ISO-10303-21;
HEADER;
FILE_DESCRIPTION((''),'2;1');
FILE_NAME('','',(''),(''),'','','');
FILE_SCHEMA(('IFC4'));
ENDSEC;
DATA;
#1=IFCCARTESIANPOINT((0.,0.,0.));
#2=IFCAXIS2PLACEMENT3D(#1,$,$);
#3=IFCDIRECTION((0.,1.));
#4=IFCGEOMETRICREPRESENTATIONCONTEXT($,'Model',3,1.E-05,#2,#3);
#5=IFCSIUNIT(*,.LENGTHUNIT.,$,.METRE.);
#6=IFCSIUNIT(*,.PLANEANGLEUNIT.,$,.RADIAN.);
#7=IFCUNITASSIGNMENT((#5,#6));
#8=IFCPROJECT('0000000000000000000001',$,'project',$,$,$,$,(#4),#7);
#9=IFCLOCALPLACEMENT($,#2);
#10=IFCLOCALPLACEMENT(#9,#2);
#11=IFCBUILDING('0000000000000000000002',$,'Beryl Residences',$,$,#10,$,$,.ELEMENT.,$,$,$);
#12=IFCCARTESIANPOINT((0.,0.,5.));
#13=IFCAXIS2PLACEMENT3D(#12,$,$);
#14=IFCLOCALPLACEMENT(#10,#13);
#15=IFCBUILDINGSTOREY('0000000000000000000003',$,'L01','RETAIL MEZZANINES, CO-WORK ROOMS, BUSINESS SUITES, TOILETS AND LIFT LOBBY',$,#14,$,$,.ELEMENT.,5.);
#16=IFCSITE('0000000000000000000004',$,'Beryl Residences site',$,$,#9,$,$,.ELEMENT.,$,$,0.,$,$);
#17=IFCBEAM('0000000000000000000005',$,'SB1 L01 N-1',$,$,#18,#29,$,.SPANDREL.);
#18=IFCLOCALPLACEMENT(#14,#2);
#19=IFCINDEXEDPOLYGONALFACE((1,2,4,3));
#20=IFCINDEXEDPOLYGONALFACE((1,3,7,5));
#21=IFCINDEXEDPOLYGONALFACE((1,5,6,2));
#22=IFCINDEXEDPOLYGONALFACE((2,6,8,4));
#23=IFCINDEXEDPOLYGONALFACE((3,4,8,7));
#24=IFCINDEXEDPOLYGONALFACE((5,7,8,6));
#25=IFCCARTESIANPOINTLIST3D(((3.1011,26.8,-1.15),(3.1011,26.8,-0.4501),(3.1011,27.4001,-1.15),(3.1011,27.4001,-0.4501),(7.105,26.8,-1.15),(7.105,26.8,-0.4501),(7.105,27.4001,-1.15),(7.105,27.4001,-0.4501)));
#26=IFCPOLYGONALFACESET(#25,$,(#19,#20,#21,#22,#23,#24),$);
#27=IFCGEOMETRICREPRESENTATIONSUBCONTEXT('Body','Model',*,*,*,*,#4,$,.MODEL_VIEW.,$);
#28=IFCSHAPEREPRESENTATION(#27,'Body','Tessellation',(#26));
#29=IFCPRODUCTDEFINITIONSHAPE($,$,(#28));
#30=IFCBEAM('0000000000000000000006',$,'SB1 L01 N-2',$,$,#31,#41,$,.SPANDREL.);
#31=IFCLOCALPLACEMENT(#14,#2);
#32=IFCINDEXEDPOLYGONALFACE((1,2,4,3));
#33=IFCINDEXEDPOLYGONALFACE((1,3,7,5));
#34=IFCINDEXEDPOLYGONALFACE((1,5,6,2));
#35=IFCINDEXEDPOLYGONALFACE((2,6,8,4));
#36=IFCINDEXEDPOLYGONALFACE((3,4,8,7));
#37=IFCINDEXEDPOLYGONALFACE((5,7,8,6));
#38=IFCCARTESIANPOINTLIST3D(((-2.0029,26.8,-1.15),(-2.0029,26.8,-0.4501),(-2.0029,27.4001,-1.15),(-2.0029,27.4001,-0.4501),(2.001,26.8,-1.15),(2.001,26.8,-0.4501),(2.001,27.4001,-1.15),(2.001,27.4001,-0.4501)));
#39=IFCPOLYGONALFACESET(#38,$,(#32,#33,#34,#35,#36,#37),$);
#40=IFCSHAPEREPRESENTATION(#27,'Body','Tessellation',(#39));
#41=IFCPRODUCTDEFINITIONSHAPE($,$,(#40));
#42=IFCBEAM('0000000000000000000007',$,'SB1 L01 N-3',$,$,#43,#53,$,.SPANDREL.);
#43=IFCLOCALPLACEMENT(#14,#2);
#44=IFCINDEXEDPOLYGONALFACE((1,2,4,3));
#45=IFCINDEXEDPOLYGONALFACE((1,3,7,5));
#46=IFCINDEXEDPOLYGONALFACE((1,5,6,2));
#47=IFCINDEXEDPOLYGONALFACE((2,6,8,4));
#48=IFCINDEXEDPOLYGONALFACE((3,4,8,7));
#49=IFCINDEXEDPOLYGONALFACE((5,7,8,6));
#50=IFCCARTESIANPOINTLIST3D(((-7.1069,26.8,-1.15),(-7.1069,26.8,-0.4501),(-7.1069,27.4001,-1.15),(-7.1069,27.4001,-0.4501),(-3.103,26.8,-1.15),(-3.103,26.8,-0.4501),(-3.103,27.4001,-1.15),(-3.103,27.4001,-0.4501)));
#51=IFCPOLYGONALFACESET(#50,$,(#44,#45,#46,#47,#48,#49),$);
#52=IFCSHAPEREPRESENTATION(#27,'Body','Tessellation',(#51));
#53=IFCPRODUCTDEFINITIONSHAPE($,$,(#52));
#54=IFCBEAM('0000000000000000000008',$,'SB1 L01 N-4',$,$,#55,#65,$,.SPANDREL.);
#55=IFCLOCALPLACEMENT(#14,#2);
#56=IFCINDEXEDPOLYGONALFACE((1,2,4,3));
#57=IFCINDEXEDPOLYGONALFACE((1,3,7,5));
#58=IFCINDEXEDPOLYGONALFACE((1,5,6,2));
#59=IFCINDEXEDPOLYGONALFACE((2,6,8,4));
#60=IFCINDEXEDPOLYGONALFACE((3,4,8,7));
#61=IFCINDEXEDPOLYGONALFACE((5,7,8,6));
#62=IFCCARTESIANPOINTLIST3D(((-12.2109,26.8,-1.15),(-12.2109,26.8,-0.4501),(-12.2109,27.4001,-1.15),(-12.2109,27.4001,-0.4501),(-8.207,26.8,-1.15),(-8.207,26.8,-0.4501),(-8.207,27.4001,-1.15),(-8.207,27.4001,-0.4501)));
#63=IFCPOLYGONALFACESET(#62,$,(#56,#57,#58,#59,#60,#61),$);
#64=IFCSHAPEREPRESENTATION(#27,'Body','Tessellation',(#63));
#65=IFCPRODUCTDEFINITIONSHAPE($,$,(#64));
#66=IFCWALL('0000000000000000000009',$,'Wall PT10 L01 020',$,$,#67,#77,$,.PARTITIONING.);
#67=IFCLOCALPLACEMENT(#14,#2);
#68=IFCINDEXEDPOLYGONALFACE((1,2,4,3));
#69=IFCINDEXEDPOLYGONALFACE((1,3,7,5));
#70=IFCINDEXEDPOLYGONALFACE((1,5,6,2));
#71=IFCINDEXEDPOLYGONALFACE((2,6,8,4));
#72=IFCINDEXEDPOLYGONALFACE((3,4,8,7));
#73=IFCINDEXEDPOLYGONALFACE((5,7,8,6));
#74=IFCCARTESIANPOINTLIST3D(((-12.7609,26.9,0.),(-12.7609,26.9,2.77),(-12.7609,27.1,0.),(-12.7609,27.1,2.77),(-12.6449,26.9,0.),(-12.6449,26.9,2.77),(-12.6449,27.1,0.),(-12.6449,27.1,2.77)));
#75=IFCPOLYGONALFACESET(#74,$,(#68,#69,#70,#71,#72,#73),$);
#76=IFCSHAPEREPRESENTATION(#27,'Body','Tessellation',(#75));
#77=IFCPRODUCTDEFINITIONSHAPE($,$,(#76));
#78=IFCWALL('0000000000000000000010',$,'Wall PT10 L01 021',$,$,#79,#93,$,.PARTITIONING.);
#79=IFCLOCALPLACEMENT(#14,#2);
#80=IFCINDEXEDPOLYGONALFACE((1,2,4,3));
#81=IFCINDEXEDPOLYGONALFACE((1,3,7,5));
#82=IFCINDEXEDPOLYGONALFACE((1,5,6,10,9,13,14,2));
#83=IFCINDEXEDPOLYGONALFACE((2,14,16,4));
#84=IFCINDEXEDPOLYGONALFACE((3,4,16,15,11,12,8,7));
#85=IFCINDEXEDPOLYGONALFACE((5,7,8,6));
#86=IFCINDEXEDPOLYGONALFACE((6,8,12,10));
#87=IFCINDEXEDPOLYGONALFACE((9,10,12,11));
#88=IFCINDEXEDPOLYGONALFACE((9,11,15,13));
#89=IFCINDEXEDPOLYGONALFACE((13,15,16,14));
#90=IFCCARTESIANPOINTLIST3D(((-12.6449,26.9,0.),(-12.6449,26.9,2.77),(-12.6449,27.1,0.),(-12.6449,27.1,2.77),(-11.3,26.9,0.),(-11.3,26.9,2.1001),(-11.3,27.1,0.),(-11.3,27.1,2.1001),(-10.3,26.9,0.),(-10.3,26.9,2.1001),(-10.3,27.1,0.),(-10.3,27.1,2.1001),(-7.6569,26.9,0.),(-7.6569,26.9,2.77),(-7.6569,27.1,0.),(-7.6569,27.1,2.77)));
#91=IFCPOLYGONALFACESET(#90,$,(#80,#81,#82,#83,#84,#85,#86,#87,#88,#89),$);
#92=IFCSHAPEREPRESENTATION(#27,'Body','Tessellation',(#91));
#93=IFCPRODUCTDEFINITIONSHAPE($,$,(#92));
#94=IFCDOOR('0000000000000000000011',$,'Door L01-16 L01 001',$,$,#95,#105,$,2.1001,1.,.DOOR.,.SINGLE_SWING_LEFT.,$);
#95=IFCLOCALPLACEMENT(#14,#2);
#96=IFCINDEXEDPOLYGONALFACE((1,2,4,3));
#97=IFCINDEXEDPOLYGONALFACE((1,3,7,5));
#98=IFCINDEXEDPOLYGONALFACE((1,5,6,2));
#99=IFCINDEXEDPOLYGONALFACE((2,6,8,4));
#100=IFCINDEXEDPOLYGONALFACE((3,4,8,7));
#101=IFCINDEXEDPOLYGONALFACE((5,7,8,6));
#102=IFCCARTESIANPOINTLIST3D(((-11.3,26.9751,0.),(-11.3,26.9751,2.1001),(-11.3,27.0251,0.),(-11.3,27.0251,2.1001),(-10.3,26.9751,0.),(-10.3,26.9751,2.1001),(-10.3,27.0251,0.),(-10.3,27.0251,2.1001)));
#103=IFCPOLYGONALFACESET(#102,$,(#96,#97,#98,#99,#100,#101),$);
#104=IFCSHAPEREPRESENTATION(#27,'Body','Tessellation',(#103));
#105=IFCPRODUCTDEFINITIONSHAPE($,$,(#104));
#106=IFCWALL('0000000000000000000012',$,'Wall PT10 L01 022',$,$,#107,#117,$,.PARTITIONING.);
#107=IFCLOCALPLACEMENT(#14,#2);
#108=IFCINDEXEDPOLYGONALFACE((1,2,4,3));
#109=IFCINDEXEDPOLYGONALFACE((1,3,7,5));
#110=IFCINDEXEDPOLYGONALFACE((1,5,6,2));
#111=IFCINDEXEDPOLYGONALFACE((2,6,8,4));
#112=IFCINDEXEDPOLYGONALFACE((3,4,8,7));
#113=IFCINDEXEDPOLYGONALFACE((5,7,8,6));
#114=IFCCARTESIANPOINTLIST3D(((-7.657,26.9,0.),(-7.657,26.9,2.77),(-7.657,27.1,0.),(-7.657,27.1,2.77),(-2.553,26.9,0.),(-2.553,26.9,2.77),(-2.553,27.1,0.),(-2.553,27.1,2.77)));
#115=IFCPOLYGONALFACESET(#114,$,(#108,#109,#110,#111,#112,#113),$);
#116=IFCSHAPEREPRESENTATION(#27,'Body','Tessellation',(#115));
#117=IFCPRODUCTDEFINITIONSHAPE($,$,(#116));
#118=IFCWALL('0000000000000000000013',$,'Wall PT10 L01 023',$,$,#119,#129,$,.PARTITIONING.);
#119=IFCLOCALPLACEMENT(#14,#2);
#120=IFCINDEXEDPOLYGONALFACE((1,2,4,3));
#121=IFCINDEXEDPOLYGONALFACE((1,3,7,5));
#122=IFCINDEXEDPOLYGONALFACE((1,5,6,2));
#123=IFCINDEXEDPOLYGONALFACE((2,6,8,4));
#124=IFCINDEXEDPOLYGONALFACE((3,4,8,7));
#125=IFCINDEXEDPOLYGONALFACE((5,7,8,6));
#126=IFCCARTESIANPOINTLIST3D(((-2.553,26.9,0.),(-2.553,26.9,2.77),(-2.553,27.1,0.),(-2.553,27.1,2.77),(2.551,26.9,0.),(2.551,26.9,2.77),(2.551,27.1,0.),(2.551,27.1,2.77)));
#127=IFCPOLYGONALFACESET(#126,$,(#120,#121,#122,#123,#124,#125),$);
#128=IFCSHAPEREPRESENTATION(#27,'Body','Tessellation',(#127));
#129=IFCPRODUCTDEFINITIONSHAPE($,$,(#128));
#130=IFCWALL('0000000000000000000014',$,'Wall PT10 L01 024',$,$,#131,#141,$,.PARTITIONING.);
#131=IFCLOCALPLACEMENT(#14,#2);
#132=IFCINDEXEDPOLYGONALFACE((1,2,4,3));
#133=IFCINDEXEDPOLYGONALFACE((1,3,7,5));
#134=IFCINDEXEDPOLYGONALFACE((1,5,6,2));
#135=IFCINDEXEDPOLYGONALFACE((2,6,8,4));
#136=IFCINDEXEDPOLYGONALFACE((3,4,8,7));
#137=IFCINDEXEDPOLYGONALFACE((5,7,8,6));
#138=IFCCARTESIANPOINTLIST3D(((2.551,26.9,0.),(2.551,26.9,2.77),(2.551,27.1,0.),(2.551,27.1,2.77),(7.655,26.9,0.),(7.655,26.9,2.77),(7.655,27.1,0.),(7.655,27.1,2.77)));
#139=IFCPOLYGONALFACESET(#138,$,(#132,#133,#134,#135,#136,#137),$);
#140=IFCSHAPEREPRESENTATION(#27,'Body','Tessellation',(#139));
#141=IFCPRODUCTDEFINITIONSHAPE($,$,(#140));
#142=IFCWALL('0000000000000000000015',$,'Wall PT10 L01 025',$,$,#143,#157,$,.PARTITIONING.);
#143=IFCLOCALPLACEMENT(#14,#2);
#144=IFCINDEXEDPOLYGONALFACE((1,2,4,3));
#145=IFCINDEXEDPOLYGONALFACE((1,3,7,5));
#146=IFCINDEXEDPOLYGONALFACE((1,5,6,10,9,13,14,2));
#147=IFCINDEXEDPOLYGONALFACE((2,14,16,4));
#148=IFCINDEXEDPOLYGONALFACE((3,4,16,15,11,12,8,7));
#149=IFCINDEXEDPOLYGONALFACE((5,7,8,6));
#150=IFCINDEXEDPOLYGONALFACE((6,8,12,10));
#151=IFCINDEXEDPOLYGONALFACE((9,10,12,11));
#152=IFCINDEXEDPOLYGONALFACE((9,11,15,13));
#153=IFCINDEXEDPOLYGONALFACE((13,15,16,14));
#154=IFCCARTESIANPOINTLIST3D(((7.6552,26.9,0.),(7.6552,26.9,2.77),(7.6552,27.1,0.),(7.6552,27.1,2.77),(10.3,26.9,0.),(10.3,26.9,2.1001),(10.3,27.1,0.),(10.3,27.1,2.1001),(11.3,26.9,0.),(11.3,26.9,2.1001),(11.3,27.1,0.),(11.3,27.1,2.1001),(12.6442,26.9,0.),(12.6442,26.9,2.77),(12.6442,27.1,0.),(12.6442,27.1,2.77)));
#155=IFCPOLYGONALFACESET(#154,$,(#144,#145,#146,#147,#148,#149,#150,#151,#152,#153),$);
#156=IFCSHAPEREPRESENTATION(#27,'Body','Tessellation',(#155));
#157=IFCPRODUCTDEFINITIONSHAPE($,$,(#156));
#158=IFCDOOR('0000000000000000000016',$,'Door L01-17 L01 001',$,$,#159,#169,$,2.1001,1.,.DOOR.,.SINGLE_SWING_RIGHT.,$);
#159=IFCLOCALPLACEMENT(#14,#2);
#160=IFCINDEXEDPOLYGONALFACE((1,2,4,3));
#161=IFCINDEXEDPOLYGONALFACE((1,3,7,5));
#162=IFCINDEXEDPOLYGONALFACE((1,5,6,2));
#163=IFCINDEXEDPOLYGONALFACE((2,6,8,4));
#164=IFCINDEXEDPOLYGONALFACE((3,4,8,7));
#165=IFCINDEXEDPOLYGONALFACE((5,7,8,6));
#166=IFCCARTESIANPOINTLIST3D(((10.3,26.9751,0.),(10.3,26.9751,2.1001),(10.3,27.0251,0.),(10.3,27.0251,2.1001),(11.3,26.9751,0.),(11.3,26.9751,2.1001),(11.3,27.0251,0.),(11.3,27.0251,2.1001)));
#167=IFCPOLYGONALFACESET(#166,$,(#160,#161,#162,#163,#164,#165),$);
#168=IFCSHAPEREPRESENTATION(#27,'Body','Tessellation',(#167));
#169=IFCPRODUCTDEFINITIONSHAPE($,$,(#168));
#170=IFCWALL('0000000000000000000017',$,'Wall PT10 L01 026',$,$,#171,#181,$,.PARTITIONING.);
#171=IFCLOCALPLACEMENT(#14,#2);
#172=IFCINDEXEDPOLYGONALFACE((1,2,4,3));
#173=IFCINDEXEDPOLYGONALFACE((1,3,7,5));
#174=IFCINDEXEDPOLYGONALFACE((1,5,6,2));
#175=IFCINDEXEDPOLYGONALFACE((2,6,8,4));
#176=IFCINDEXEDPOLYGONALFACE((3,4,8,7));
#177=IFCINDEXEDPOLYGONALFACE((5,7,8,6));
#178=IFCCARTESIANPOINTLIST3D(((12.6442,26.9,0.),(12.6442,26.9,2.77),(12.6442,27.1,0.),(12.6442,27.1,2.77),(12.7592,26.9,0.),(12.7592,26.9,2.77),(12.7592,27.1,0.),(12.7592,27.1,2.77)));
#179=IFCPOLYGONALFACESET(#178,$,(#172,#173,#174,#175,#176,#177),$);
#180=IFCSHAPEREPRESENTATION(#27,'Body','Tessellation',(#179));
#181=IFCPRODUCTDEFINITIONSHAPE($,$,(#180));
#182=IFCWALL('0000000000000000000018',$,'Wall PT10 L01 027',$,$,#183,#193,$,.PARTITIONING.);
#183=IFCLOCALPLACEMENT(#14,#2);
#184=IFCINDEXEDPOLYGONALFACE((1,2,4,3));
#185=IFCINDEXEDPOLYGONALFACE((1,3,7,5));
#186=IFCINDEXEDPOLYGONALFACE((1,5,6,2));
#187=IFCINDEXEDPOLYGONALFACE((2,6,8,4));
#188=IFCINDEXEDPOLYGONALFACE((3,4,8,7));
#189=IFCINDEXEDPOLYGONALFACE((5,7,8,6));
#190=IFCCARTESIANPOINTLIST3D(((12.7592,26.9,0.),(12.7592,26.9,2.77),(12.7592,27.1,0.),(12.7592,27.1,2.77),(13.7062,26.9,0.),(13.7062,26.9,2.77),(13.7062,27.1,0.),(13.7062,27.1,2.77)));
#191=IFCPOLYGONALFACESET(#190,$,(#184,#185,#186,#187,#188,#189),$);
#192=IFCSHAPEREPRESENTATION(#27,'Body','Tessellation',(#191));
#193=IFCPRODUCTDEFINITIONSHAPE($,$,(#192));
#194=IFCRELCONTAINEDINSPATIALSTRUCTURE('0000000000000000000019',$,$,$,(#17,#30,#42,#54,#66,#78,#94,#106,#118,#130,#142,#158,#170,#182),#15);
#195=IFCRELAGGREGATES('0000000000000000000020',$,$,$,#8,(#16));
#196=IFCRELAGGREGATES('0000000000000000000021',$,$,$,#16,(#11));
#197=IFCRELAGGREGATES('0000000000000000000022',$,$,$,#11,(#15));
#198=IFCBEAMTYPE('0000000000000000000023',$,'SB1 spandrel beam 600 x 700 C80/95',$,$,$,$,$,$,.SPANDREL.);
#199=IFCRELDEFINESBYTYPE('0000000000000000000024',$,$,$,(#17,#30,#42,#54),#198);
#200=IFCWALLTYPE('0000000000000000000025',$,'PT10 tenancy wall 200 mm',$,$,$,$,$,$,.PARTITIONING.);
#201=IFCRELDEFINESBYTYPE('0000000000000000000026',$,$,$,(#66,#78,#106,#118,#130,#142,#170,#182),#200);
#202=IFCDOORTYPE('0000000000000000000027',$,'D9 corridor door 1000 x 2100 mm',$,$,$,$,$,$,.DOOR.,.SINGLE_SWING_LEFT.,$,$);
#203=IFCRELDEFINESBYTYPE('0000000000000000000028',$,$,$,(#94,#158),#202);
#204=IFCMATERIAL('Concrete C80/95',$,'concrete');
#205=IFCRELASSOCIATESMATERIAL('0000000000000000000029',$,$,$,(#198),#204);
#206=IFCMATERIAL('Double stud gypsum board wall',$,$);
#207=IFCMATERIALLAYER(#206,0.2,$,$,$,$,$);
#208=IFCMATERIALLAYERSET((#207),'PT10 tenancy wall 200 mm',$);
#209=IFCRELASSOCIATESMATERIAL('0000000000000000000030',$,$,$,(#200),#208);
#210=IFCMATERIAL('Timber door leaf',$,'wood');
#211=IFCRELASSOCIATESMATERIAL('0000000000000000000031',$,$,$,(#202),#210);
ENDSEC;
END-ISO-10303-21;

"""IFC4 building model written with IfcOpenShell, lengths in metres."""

from ifc_helpers import new_model, si_unit, direction, frame, frame_2d, origin, origin_2d, place, context, subcontext, project, spatial, rectangle, extrude, material, layer, layer_set, material_profile, profile_set, type_object, element, fill, save


model = new_model("IFC4")

# Units and contexts
model_context = context("Model", 3, precision=1e-05, world=origin(), true_north=direction((0.0, 1.0)))
body_context = subcontext(model_context, "Body", "Model", "MODEL_VIEW")
ifc_project = project(units=[si_unit("LENGTHUNIT", "METRE"), si_unit("PLANEANGLEUNIT", "RADIAN")], contexts=[model_context])

# Site, building, storey
site_placement = place(None, origin())
site = spatial("IfcSite", under=ifc_project, at=site_placement, Name="Beryl Residences site", CompositionType="ELEMENT", RefElevation=0.0)
building_placement = place(site_placement, origin())
building = spatial("IfcBuilding", under=site, at=building_placement, Name="Beryl Residences", CompositionType="ELEMENT")
storey_placement = place(building_placement, frame((0.0, 0.0, 5.0)))
storey = spatial("IfcBuildingStorey", under=building, at=storey_placement, Name="L01", Description="RETAIL MEZZANINES, CO-WORK ROOMS, BUSINESS SUITES, TOILETS AND LIFT LOBBY", CompositionType="ELEMENT", Elevation=5.0)

# Beams
ifc_material_1 = material(Name="Concrete C80/95", Category="concrete")
ifc_material_profile_1 = material_profile(ifc_material_1, rectangle(XDim=0.6001, YDim=0.7, at=origin_2d()))
ifc_profile_set_1 = profile_set([ifc_material_profile_1], Name="Concrete C80/95")
beam_type = type_object("IfcBeamType", Name="SB1 spandrel beam 600 x 700 C80/95", PredefinedType="SPANDREL", material=ifc_profile_set_1)
for number, where, z_axis, x_axis, name in (
    (1, (7.105, 27.1001, -0.8), (-1.0, 0.0, 0.0), (0.0, -1.0, 0.0), "SB1 L01 N-1"),
    (2, (2.001, 27.1001, -0.8), (-1.0, 0.0, 0.0), (0.0, -1.0, 0.0), "SB1 L01 N-2"),
    (3, (-3.103, 27.1001, -0.8), (-1.0, 0.0, 0.0), (0.0, -1.0, 0.0), "SB1 L01 N-3"),
    (4, (-8.207, 27.1001, -0.8), (-1.0, 0.0, 0.0), (0.0, -1.0, 0.0), "SB1 L01 N-4"),
):
    element("IfcBeam", number, at=place(storey_placement, frame(where, z_axis=z_axis, x_axis=x_axis)), inside=storey, type_object=beam_type, Name=name, PredefinedType="SPANDREL", context=body_context, shape_type="SweptSolid", body=[
        extrude(rectangle(XDim=0.6001, YDim=0.7, at=origin_2d()), origin(), (0.0, 0.0, 1.0), 4.0039),
    ])

# Wall
ifc_material_2 = material(Name="Double stud gypsum board wall")
ifc_layer = layer(ifc_material_2, 0.2)
ifc_layer_set = layer_set([ifc_layer], Name="PT10 tenancy wall 200 mm")
wall_type = type_object("IfcWallType", Name="PT10 tenancy wall 200 mm", PredefinedType="PARTITIONING", material=ifc_layer_set)
wall_1_placement = place(storey_placement, frame((-12.761, 27.0, 0.0), z_axis=(0.0, 0.0, 1.0), x_axis=(1.0, 0.0, 0.0)))
element("IfcWall", 5, at=wall_1_placement, inside=storey, type_object=wall_type, Name="Wall PT10 L01 020", PredefinedType="PARTITIONING", context=body_context, shape_type="SweptSolid", body=[
    extrude(rectangle(XDim=0.116, YDim=0.2, at=frame_2d((0.0581, 0.0))), origin(), (0.0, 0.0, 1.0), 2.77),
])

# Wall, opening, door
wall_2_placement = place(storey_placement, frame((-12.645, 27.0, 0.0), z_axis=(0.0, 0.0, 1.0), x_axis=(1.0, 0.0, 0.0)))
wall_2 = element("IfcWall", 6, at=wall_2_placement, inside=storey, type_object=wall_type, Name="Wall PT10 L01 021", PredefinedType="PARTITIONING", context=body_context, shape_type="SweptSolid", body=[
    extrude(rectangle(XDim=4.988, YDim=0.2, at=frame_2d((2.4941, 0.0))), origin(), (0.0, 0.0, 1.0), 2.77),
])
opening_1_placement = place(wall_2_placement, frame((2.345, 0.0, 0.0), z_axis=(0.0, 0.0, 1.0), x_axis=(-1.0, 0.0, 0.0)))
opening_1 = element("IfcOpeningElement", 7, at=opening_1_placement, cuts=wall_2, PredefinedType="OPENING", context=body_context, shape_type="SweptSolid", body=[
    extrude(rectangle(XDim=1.0, YDim=2.1001, at=frame_2d((0.5, 1.05))), frame((0.0, 0.1099, 0.0), z_axis=(0.0, -1.0, 0.0), x_axis=(1.0, 0.0, 0.0)), (0.0, 0.0, 1.0), 0.22),
])
ifc_material_3 = material(Name="Timber door leaf", Category="wood")
door_type = type_object("IfcDoorType", Name="D9 corridor door 1000 x 2100 mm", OperationType="SINGLE_SWING_LEFT", PredefinedType="DOOR", material=ifc_material_3)
door_1_placement = place(opening_1_placement, origin())
door_1 = element("IfcDoor", 8, at=door_1_placement, inside=storey, type_object=door_type, Name="Door L01-16 L01 001", OperationType="SINGLE_SWING_LEFT", OverallHeight=2.1001, OverallWidth=1.0, PredefinedType="DOOR", context=body_context, shape_type="SweptSolid", body=[
    extrude(rectangle(XDim=1.0, YDim=2.1001, at=frame_2d((0.5, 1.05))), frame((0.0, 0.0249, 0.0), z_axis=(0.0, -1.0, 0.0), x_axis=(1.0, 0.0, 0.0)), (0.0, 0.0, 1.0), 0.05),
])
fill(opening_1, door_1)

# Walls
for number, where, z_axis, x_axis, name in (
    (9, (-7.657, 27.0, 0.0), (0.0, 0.0, 1.0), (1.0, 0.0, 0.0), "Wall PT10 L01 022"),
    (10, (-2.553, 27.0, 0.0), (0.0, 0.0, 1.0), (1.0, 0.0, 0.0), "Wall PT10 L01 023"),
    (11, (2.551, 27.0, 0.0), (0.0, 0.0, 1.0), (1.0, 0.0, 0.0), "Wall PT10 L01 024"),
):
    element("IfcWall", number, at=place(storey_placement, frame(where, z_axis=z_axis, x_axis=x_axis)), inside=storey, type_object=wall_type, Name=name, PredefinedType="PARTITIONING", context=body_context, shape_type="SweptSolid", body=[
        extrude(rectangle(XDim=5.104, YDim=0.2, at=frame_2d((2.552, 0.0))), origin(), (0.0, 0.0, 1.0), 2.77),
    ])

# Wall, opening, door
wall_3_placement = place(storey_placement, frame((7.655, 27.0, 0.0), z_axis=(0.0, 0.0, 1.0), x_axis=(1.0, 0.0, 0.0)))
wall_3 = element("IfcWall", 12, at=wall_3_placement, inside=storey, type_object=wall_type, Name="Wall PT10 L01 025", PredefinedType="PARTITIONING", context=body_context, shape_type="SweptSolid", body=[
    extrude(rectangle(XDim=4.989, YDim=0.2, at=frame_2d((2.4946, 0.0))), origin(), (0.0, 0.0, 1.0), 2.77),
])
opening_2_placement = place(wall_3_placement, frame((3.645, 0.0, 0.0), z_axis=(0.0, 0.0, 1.0), x_axis=(-1.0, 0.0, 0.0)))
opening_2 = element("IfcOpeningElement", 13, at=opening_2_placement, cuts=wall_3, PredefinedType="OPENING", context=body_context, shape_type="SweptSolid", body=[
    extrude(rectangle(XDim=1.0, YDim=2.1001, at=frame_2d((0.5, 1.05))), frame((0.0, 0.1099, 0.0), z_axis=(0.0, -1.0, 0.0), x_axis=(1.0, 0.0, 0.0)), (0.0, 0.0, 1.0), 0.22),
])
door_2_placement = place(opening_2_placement, origin())
door_2 = element("IfcDoor", 14, at=door_2_placement, inside=storey, type_object=door_type, Name="Door L01-17 L01 001", OperationType="SINGLE_SWING_RIGHT", OverallHeight=2.1001, OverallWidth=1.0, PredefinedType="DOOR", context=body_context, shape_type="SweptSolid", body=[
    extrude(rectangle(XDim=1.0, YDim=2.1001, at=frame_2d((0.5, 1.05))), frame((0.0, 0.0249, 0.0), z_axis=(0.0, -1.0, 0.0), x_axis=(1.0, 0.0, 0.0)), (0.0, 0.0, 1.0), 0.05),
])
fill(opening_2, door_2)

# Walls
wall_4_placement = place(storey_placement, frame((12.644, 27.0, 0.0), z_axis=(0.0, 0.0, 1.0), x_axis=(1.0, 0.0, 0.0)))
element("IfcWall", 15, at=wall_4_placement, inside=storey, type_object=wall_type, Name="Wall PT10 L01 026", PredefinedType="PARTITIONING", context=body_context, shape_type="SweptSolid", body=[
    extrude(rectangle(XDim=0.115, YDim=0.2, at=frame_2d((0.0576, 0.0))), origin(), (0.0, 0.0, 1.0), 2.77),
])
wall_5_placement = place(storey_placement, frame((12.759, 27.0, 0.0), z_axis=(0.0, 0.0, 1.0), x_axis=(1.0, 0.0, 0.0)))
element("IfcWall", 16, at=wall_5_placement, inside=storey, type_object=wall_type, Name="Wall PT10 L01 027", PredefinedType="PARTITIONING", context=body_context, shape_type="SweptSolid", body=[
    extrude(rectangle(XDim=0.947, YDim=0.2, at=frame_2d((0.4736, 0.0))), origin(), (0.0, 0.0, 1.0), 2.77),
])

save(model, "model.ifc")
